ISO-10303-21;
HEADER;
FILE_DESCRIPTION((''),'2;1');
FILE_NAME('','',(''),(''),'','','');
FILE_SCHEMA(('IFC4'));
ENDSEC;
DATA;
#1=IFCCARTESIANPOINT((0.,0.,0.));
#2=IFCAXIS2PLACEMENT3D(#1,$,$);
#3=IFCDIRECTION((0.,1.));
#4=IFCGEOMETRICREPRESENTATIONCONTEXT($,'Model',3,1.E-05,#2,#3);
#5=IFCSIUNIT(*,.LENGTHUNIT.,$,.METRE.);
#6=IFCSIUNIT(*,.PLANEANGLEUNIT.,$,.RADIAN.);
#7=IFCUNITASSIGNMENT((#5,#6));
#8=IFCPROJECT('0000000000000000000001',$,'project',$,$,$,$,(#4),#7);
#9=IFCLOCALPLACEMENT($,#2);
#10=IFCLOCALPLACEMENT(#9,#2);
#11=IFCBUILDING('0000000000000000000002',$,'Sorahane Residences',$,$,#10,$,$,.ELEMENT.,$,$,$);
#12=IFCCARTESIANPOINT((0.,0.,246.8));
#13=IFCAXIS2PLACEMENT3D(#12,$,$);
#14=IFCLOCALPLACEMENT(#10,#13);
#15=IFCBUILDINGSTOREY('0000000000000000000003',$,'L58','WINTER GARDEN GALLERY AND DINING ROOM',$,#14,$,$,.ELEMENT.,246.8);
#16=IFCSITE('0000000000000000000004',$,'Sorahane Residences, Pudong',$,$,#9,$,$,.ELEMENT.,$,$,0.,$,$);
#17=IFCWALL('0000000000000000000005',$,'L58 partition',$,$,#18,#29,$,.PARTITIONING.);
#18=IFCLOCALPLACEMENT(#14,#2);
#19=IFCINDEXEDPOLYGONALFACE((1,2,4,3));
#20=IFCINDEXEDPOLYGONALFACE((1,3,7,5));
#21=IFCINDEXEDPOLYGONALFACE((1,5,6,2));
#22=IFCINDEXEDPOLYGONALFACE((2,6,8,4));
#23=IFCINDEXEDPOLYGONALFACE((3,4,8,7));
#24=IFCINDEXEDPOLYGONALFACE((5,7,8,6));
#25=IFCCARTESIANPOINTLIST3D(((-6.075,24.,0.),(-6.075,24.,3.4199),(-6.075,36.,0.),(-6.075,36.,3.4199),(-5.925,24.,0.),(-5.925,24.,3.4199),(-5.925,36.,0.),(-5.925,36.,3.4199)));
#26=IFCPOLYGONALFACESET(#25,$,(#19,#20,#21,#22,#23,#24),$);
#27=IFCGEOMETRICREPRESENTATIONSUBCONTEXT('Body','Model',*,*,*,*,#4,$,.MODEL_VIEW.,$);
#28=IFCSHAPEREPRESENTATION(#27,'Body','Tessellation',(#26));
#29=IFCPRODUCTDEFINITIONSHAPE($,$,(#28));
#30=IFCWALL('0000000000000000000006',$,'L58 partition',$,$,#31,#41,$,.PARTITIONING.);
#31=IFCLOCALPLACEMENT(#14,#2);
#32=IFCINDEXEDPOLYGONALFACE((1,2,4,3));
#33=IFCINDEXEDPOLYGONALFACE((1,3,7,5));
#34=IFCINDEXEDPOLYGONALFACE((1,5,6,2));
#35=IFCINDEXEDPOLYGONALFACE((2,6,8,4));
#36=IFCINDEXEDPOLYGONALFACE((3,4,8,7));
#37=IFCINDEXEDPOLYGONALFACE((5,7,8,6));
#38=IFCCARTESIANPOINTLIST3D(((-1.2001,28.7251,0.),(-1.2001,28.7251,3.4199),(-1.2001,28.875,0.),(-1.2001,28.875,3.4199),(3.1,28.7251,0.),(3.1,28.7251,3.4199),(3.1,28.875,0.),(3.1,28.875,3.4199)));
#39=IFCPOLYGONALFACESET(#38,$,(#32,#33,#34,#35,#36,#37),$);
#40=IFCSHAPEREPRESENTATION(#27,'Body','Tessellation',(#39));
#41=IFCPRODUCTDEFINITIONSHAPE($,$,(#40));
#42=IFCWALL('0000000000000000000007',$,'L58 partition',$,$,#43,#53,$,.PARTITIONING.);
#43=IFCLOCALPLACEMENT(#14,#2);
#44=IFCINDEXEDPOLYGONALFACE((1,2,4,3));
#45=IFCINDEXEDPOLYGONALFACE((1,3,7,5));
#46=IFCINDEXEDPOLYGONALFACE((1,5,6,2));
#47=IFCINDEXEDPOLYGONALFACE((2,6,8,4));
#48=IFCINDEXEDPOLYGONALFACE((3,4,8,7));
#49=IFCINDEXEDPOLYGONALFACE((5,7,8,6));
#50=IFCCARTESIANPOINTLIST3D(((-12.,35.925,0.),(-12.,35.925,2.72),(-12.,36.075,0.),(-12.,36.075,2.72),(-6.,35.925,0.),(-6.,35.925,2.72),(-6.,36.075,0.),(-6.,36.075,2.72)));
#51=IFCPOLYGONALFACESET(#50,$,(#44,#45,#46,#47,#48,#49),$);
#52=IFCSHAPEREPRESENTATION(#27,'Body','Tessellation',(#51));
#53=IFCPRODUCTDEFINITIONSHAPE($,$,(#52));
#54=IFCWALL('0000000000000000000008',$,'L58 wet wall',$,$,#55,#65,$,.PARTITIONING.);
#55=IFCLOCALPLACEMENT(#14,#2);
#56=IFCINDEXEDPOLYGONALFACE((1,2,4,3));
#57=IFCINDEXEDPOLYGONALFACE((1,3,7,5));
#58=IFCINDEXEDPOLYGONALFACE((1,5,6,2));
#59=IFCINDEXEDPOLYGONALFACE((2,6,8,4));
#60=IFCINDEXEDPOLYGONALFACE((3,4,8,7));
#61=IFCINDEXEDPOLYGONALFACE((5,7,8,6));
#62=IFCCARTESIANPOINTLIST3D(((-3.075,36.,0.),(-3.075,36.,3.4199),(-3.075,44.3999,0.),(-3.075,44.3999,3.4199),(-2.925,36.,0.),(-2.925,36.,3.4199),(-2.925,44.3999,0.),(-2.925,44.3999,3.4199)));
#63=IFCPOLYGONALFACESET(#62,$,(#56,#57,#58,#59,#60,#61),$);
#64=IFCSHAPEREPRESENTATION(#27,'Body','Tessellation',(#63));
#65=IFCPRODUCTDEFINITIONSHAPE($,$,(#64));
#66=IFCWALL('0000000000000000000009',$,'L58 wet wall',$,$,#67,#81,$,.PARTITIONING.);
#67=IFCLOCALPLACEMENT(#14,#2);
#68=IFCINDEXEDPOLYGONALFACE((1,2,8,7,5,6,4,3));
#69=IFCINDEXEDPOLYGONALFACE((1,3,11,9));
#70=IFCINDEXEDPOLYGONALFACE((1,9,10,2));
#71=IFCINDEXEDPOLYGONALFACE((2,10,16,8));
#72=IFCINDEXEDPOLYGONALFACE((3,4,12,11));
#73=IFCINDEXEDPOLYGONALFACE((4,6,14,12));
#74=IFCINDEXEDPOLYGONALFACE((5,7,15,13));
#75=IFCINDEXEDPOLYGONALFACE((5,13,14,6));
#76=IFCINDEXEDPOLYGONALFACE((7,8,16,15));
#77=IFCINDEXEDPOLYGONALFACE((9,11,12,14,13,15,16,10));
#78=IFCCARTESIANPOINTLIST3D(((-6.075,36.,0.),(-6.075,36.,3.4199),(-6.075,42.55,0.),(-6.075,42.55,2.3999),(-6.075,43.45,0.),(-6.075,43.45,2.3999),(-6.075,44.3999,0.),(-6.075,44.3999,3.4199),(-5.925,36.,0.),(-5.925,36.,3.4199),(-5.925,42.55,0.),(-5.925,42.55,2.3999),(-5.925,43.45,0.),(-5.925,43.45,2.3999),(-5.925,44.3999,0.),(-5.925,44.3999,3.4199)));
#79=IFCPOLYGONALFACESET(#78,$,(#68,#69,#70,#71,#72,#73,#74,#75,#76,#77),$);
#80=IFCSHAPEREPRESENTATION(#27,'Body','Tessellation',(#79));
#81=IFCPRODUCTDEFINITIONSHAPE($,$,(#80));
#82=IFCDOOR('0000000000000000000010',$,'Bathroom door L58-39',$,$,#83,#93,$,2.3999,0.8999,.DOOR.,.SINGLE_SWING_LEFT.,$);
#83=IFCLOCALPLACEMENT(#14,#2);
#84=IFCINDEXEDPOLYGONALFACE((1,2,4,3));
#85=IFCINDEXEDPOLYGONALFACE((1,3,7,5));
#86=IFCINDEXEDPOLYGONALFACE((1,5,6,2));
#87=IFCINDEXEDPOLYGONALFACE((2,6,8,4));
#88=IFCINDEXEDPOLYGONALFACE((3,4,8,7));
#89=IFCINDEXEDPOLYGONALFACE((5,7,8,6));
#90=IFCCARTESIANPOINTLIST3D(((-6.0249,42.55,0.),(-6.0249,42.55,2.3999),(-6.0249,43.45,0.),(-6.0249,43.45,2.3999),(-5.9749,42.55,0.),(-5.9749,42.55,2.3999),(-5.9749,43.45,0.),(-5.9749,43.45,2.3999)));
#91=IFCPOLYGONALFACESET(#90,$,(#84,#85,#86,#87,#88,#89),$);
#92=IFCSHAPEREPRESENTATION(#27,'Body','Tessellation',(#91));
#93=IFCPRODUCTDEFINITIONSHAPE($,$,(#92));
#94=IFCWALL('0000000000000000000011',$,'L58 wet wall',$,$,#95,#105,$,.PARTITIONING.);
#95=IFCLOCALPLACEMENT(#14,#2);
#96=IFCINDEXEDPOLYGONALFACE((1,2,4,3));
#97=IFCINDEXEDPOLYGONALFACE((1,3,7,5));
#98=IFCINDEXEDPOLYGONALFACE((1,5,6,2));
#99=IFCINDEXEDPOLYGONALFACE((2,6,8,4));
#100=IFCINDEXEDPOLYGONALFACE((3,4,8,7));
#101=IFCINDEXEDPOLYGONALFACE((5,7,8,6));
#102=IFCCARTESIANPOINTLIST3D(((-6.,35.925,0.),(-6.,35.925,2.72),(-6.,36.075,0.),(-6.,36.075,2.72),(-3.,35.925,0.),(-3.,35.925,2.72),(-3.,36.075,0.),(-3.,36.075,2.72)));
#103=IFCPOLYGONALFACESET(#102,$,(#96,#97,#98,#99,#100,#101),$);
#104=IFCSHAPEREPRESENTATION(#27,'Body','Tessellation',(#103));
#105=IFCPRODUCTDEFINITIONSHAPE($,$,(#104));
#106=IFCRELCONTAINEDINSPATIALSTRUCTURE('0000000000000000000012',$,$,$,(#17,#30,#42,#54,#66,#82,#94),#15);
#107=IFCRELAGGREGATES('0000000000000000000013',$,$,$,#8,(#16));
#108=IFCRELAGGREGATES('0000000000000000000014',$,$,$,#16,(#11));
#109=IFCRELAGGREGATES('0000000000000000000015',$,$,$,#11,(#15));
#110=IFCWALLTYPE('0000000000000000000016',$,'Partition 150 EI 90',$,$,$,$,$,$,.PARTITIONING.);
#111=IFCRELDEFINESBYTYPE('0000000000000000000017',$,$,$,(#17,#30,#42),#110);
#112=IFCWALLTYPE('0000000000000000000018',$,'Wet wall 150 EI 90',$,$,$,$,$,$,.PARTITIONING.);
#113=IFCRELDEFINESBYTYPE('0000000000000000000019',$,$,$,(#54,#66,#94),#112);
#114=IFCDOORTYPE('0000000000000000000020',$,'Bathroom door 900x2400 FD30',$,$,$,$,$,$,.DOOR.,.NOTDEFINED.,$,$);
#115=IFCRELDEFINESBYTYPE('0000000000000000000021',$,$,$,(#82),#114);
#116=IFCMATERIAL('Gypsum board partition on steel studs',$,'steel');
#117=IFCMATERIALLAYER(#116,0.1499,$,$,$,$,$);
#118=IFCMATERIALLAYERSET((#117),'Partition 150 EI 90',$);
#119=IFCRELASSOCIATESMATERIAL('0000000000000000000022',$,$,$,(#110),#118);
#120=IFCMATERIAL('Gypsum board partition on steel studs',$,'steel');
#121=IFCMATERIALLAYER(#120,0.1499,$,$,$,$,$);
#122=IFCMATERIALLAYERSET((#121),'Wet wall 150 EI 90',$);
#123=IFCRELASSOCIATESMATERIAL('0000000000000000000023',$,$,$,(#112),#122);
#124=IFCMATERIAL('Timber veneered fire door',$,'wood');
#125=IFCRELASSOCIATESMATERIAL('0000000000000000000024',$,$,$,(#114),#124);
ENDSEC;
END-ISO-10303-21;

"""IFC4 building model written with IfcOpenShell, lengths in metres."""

from ifc_helpers import new_model, si_unit, direction, frame, frame_2d, origin, place, context, subcontext, project, spatial, rectangle, extrude, material, layer, layer_set, type_object, element, fill, save


model = new_model("IFC4")

# Units and contexts
model_context = context("Model", 3, precision=1e-05, world=origin(), true_north=direction((0.0, 1.0)))
body_context = subcontext(model_context, "Body", "Model", "MODEL_VIEW")
ifc_project = project(units=[si_unit("LENGTHUNIT", "METRE"), si_unit("PLANEANGLEUNIT", "RADIAN")], contexts=[model_context])

# Site, building, storey
site_placement = place(None, origin())
site = spatial("IfcSite", under=ifc_project, at=site_placement, Name="Sorahane Residences, Pudong", CompositionType="ELEMENT", RefElevation=0.0)
building_placement = place(site_placement, origin())
building = spatial("IfcBuilding", under=site, at=building_placement, Name="Sorahane Residences", CompositionType="ELEMENT")
storey_placement = place(building_placement, frame((0.0, 0.0, 246.8)))
storey = spatial("IfcBuildingStorey", under=building, at=storey_placement, Name="L58", Description="WINTER GARDEN GALLERY AND DINING ROOM", CompositionType="ELEMENT", Elevation=246.8)

# Wall
ifc_material_1 = material(Name="Gypsum board partition on steel studs", Category="steel")
ifc_layer_1 = layer(ifc_material_1, 0.1499)
ifc_layer_set_1 = layer_set([ifc_layer_1], Name="Partition 150 EI 90")
wall_type_1 = type_object("IfcWallType", Name="Partition 150 EI 90", PredefinedType="PARTITIONING", material=ifc_layer_set_1)
wall_1_placement = place(storey_placement, frame((-6.0, 24.0, 0.0), z_axis=(0.0, 0.0, 1.0), x_axis=(0.0, 1.0, 0.0)))
element("IfcWall", 1, at=wall_1_placement, inside=storey, type_object=wall_type_1, Name="L58 partition", PredefinedType="PARTITIONING", context=body_context, shape_type="SweptSolid", body=[
    extrude(rectangle(XDim=12.0, YDim=0.1499, at=frame_2d((6.0, 0.0))), origin(), (0.0, 0.0, 1.0), 3.4199),
])

# Walls
wall_2_placement = place(storey_placement, frame((-1.2, 28.8, 0.0), z_axis=(0.0, 0.0, 1.0), x_axis=(1.0, 0.0, 0.0)))
element("IfcWall", 2, at=wall_2_placement, inside=storey, type_object=wall_type_1, Name="L58 partition", PredefinedType="PARTITIONING", context=body_context, shape_type="SweptSolid", body=[
    extrude(rectangle(XDim=4.3, YDim=0.1499, at=frame_2d((2.1499, 0.0))), origin(), (0.0, 0.0, 1.0), 3.4199),
])
wall_3_placement = place(storey_placement, frame((-12.0, 36.0, 0.0), z_axis=(0.0, 0.0, 1.0), x_axis=(1.0, 0.0, 0.0)))
element("IfcWall", 3, at=wall_3_placement, inside=storey, type_object=wall_type_1, Name="L58 partition", PredefinedType="PARTITIONING", context=body_context, shape_type="SweptSolid", body=[
    extrude(rectangle(XDim=6.0, YDim=0.1499, at=frame_2d((3.0, 0.0))), origin(), (0.0, 0.0, 1.0), 2.72),
])
ifc_material_2 = material(Name="Gypsum board partition on steel studs", Category="steel")
ifc_layer_2 = layer(ifc_material_2, 0.1499)
ifc_layer_set_2 = layer_set([ifc_layer_2], Name="Wet wall 150 EI 90")
wall_type_2 = type_object("IfcWallType", Name="Wet wall 150 EI 90", PredefinedType="PARTITIONING", material=ifc_layer_set_2)
wall_4_placement = place(storey_placement, frame((-3.0, 36.0, 0.0), z_axis=(0.0, 0.0, 1.0), x_axis=(0.0, 1.0, 0.0)))
element("IfcWall", 4, at=wall_4_placement, inside=storey, type_object=wall_type_2, Name="L58 wet wall", PredefinedType="PARTITIONING", context=body_context, shape_type="SweptSolid", body=[
    extrude(rectangle(XDim=8.3999, YDim=0.1499, at=frame_2d((4.2, 0.0))), origin(), (0.0, 0.0, 1.0), 3.4199),
])

# Wall, opening, door
wall_5_placement = place(storey_placement, frame((-6.0, 36.0, 0.0), z_axis=(0.0, 0.0, 1.0), x_axis=(0.0, 1.0, 0.0)))
wall_5 = element("IfcWall", 5, at=wall_5_placement, inside=storey, type_object=wall_type_2, Name="L58 wet wall", PredefinedType="PARTITIONING", context=body_context, shape_type="SweptSolid", body=[
    extrude(rectangle(XDim=8.3999, YDim=0.1499, at=frame_2d((4.2, 0.0))), origin(), (0.0, 0.0, 1.0), 3.4199),
])
opening_1_placement = place(wall_5_placement, frame((6.55, 0.0, 0.0)))
opening_1 = element("IfcOpeningElement", 6, at=opening_1_placement, cuts=wall_5, PredefinedType="OPENING", context=body_context, shape_type="SweptSolid", body=[
    extrude(rectangle(XDim=0.8999, YDim=2.3999, at=frame_2d((0.45, 1.2))), frame((0.0, 0.085, 0.0), z_axis=(0.0, -1.0, 0.0), x_axis=(1.0, 0.0, 0.0)), (0.0, 0.0, 1.0), 0.1699),
])
ifc_material_3 = material(Name="Timber veneered fire door", Category="wood")
door_type_1 = type_object("IfcDoorType", Name="Bathroom door 900x2400 FD30", OperationType="NOTDEFINED", PredefinedType="DOOR", material=ifc_material_3)
door_1_placement = place(opening_1_placement, origin())
door_1 = element("IfcDoor", 7, at=door_1_placement, inside=storey, type_object=door_type_1, Name="Bathroom door L58-39", OperationType="SINGLE_SWING_LEFT", OverallHeight=2.3999, OverallWidth=0.8999, PredefinedType="DOOR", context=body_context, shape_type="SweptSolid", body=[
    extrude(rectangle(XDim=0.8999, YDim=2.3999, at=frame_2d((0.45, 1.2))), frame((0.0, 0.0249, 0.0), z_axis=(0.0, -1.0, 0.0), x_axis=(1.0, 0.0, 0.0)), (0.0, 0.0, 1.0), 0.05),
])
fill(opening_1, door_1)

# Wall
wall_6_placement = place(storey_placement, frame((-6.0, 36.0, 0.0), z_axis=(0.0, 0.0, 1.0), x_axis=(1.0, 0.0, 0.0)))
element("IfcWall", 8, at=wall_6_placement, inside=storey, type_object=wall_type_2, Name="L58 wet wall", PredefinedType="PARTITIONING", context=body_context, shape_type="SweptSolid", body=[
    extrude(rectangle(XDim=3.0, YDim=0.1499, at=frame_2d((1.5, 0.0))), origin(), (0.0, 0.0, 1.0), 2.72),
])

save(model, "model.ifc")
